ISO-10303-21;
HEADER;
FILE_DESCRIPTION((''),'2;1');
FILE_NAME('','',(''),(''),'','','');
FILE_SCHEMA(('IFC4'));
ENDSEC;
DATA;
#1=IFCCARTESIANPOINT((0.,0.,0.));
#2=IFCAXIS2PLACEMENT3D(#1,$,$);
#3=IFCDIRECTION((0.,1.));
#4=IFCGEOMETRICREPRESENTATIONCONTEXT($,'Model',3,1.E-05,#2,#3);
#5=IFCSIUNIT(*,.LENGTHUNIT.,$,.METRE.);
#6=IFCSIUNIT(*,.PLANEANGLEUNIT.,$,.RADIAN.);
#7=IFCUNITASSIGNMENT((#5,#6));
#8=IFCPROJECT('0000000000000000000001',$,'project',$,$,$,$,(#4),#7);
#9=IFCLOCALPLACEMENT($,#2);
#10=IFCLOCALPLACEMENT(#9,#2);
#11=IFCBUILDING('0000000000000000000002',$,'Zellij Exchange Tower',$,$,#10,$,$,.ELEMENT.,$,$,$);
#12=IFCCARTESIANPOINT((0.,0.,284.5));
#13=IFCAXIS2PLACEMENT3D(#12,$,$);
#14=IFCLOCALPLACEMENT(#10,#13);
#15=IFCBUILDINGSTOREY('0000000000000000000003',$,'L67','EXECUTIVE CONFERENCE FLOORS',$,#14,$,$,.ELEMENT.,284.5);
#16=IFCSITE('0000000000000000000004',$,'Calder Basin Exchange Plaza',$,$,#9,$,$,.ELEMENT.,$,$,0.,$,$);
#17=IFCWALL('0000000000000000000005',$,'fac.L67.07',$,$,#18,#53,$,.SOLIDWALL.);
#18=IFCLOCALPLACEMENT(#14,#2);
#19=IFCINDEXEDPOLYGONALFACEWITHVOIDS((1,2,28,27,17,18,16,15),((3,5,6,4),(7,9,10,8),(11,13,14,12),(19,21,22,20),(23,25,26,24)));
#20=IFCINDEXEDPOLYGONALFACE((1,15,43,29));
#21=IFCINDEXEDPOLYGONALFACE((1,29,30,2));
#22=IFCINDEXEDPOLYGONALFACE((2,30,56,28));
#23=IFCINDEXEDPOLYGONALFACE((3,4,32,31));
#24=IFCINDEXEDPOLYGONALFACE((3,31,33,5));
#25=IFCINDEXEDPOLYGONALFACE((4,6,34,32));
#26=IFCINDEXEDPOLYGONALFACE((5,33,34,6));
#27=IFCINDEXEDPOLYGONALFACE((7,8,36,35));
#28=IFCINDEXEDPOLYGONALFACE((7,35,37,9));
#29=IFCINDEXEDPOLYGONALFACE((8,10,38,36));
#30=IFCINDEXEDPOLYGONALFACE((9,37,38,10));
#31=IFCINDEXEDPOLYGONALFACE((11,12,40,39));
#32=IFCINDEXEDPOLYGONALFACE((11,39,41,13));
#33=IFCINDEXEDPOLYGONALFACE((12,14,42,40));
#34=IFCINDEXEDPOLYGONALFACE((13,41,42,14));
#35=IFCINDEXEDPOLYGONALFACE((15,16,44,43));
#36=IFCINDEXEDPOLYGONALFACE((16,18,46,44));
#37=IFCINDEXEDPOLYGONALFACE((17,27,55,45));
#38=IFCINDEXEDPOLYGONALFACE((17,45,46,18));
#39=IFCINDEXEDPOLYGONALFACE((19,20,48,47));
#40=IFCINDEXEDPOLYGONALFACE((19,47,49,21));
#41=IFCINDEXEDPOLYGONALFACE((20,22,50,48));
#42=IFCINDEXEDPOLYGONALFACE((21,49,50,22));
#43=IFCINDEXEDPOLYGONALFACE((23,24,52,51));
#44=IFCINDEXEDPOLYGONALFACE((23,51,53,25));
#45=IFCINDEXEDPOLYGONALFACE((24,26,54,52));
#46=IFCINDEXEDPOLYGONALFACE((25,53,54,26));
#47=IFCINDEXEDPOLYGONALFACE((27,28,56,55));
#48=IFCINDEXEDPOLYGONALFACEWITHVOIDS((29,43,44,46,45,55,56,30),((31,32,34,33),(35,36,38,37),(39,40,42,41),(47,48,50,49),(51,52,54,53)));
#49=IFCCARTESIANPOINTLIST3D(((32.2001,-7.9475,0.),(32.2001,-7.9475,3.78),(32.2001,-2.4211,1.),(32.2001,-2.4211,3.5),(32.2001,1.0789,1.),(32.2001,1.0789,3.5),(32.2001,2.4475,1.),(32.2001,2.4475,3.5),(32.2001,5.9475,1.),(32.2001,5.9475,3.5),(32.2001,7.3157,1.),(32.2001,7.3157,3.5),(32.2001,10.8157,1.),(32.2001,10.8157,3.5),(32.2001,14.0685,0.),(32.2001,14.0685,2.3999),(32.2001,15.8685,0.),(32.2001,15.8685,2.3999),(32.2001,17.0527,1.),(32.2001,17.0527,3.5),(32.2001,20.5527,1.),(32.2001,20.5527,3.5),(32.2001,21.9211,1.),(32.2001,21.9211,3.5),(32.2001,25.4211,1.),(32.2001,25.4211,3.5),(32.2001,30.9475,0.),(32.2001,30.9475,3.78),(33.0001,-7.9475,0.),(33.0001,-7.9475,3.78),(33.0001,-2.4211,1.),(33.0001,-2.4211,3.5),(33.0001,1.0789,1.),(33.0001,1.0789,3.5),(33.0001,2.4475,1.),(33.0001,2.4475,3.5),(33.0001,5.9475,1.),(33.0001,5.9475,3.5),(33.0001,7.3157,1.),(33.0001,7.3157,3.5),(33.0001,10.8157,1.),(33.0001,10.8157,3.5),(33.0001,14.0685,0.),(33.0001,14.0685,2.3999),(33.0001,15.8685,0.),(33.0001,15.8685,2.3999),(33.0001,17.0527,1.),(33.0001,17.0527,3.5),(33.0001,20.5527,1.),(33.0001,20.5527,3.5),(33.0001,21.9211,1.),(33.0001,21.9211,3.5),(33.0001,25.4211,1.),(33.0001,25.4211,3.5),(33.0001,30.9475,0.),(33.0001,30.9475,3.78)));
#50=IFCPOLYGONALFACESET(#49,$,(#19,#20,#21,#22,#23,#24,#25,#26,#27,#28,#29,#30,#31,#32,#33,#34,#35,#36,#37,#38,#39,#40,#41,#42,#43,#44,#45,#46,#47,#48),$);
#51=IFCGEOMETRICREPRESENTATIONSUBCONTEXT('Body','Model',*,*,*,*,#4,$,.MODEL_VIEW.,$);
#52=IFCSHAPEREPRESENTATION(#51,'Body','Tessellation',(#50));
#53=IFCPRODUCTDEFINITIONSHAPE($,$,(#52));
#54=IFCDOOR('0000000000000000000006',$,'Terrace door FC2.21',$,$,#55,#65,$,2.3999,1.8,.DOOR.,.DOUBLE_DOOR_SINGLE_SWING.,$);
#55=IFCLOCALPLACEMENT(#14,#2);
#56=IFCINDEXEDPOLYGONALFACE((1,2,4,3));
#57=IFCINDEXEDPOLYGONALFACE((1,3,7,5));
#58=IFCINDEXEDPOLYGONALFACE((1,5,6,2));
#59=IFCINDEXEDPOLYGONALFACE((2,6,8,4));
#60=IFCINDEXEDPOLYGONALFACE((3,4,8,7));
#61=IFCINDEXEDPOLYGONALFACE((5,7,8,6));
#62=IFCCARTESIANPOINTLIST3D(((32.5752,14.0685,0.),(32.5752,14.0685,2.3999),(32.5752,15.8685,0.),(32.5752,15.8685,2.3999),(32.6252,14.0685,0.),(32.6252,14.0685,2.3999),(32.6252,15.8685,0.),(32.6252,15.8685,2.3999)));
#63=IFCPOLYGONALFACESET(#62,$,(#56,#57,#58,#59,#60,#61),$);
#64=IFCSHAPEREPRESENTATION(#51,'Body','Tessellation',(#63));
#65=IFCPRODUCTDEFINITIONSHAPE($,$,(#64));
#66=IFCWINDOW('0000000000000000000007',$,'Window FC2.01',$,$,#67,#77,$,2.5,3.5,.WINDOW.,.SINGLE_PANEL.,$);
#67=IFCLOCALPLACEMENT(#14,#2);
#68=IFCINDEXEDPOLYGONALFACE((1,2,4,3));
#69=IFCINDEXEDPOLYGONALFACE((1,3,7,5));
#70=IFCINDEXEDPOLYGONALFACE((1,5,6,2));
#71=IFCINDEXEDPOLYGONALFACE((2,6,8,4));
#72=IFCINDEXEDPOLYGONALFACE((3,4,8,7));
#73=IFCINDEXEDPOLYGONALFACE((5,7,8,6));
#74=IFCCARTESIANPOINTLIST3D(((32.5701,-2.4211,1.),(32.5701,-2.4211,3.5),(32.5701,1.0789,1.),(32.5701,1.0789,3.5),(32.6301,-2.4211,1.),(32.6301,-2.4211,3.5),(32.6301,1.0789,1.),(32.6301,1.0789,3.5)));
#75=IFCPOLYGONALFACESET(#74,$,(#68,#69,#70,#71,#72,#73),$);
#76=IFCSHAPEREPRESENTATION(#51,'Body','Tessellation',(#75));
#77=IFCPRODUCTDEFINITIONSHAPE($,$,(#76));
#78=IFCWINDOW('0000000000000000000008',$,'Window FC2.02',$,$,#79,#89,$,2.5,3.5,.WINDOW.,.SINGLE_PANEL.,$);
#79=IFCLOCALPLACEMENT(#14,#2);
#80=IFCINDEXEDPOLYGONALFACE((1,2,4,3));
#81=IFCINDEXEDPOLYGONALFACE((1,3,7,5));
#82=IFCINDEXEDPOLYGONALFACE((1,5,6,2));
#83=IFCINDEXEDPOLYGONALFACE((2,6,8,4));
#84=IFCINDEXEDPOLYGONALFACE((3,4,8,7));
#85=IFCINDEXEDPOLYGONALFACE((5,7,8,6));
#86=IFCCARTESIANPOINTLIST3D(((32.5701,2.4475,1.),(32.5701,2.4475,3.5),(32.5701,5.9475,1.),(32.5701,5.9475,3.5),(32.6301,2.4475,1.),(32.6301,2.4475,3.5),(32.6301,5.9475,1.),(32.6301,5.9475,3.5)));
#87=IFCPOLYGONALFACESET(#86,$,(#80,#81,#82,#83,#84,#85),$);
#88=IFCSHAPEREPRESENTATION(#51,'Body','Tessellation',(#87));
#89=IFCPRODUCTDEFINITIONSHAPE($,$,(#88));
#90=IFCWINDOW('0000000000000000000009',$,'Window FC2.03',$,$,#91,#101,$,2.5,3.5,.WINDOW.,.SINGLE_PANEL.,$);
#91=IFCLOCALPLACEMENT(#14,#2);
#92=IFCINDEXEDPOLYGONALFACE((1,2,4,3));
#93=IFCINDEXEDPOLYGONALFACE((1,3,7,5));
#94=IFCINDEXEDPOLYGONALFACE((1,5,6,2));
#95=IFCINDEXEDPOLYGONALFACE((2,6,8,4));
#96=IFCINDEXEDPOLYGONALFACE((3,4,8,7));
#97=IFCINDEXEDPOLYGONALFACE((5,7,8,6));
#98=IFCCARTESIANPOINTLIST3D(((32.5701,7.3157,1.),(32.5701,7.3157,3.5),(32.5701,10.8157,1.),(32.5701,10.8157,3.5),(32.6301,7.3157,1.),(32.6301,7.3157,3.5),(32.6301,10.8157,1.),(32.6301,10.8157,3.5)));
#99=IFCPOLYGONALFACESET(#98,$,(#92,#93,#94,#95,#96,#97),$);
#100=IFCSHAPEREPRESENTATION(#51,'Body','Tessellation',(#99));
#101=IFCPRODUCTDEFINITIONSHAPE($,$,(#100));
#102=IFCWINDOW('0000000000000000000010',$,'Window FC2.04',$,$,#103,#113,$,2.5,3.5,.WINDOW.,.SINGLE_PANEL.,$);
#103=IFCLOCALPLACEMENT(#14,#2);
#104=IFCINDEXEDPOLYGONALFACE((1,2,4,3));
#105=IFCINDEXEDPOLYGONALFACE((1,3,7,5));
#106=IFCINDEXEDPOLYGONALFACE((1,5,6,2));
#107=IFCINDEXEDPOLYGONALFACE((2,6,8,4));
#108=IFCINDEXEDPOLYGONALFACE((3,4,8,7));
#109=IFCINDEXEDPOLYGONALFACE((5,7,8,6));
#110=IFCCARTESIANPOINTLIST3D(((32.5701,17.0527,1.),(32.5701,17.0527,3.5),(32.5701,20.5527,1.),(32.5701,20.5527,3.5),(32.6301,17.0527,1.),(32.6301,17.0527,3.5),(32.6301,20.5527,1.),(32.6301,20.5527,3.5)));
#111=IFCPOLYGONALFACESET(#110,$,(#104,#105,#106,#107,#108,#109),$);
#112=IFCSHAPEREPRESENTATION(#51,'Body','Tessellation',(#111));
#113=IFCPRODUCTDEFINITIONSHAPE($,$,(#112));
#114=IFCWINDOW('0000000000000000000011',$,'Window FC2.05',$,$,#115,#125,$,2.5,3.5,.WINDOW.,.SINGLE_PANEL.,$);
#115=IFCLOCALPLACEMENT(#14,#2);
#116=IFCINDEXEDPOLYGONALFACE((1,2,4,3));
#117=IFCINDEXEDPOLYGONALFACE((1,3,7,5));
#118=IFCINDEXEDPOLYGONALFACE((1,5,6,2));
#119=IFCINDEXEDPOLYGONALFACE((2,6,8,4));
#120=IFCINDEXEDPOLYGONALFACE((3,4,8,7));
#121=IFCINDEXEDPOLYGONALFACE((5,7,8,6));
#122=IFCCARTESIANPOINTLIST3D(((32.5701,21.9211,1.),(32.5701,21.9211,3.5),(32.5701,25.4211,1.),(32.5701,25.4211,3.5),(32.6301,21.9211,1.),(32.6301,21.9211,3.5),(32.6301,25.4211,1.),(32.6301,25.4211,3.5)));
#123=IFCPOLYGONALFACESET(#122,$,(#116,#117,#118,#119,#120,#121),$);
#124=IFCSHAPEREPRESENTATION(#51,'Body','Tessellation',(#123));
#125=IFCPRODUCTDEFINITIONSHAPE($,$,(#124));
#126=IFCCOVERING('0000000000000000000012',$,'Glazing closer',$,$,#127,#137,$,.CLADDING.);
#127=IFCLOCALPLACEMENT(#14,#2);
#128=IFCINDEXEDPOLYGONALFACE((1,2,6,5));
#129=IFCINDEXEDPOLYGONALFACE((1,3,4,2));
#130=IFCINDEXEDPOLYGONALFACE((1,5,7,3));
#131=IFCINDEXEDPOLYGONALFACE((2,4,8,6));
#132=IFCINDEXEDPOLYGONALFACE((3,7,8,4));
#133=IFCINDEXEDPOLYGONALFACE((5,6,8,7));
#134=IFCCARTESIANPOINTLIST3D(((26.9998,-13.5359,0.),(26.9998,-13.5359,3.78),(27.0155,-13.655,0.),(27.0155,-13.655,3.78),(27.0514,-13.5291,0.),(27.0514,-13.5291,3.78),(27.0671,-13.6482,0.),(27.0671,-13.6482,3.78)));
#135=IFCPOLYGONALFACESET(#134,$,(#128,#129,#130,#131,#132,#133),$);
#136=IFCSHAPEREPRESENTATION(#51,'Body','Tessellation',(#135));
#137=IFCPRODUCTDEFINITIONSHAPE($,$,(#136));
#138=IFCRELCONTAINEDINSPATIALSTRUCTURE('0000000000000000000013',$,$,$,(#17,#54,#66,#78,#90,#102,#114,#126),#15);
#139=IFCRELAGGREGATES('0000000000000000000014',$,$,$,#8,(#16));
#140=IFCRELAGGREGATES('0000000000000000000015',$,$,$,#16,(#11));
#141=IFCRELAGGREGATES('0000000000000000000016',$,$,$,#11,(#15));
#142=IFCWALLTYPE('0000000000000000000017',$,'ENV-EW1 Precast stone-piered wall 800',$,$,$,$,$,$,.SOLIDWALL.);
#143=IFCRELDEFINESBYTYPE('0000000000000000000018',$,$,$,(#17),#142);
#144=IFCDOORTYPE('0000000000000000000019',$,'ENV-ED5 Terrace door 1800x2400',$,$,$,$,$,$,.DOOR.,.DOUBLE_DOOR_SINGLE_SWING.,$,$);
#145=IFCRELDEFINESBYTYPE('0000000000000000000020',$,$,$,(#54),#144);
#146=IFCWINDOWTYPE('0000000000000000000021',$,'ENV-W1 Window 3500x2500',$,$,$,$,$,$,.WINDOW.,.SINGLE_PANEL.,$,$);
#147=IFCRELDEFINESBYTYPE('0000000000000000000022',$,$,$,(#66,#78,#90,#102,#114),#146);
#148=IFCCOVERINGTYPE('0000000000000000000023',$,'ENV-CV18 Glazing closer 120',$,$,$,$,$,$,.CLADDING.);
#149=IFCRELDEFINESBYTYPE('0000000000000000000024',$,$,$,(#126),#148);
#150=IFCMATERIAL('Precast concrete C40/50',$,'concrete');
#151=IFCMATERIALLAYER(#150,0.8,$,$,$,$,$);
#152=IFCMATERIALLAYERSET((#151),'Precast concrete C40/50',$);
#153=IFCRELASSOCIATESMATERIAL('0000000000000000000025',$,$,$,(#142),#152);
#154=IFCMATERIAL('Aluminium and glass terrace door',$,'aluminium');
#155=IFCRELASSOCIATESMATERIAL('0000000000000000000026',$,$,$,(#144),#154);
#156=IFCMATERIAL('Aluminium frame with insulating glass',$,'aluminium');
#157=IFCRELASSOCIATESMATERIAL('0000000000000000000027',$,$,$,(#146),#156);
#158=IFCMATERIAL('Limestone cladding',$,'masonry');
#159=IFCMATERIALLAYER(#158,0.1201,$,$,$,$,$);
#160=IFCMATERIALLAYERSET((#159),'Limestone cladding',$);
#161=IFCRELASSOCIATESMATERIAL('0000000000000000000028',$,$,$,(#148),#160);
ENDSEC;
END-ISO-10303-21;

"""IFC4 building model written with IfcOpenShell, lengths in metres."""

from ifc_helpers import new_model, si_unit, direction, frame, frame_2d, origin, origin_2d, place, context, subcontext, project, spatial, rectangle, extrude, material, layer, layer_set, type_object, element, fill, save


model = new_model("IFC4")

# Units and contexts
model_context = context("Model", 3, precision=1e-05, world=origin(), true_north=direction((0.0, 1.0)))
body_context = subcontext(model_context, "Body", "Model", "MODEL_VIEW")
ifc_project = project(units=[si_unit("LENGTHUNIT", "METRE"), si_unit("PLANEANGLEUNIT", "RADIAN")], contexts=[model_context])

# Site, building, storey
site_placement = place(None, origin())
site = spatial("IfcSite", under=ifc_project, at=site_placement, Name="Calder Basin Exchange Plaza", CompositionType="ELEMENT", RefElevation=0.0)
building_placement = place(site_placement, origin())
building = spatial("IfcBuilding", under=site, at=building_placement, Name="Zellij Exchange Tower", CompositionType="ELEMENT")
storey_placement = place(building_placement, frame((0.0, 0.0, 284.5)))
storey = spatial("IfcBuildingStorey", under=building, at=storey_placement, Name="L67", Description="EXECUTIVE CONFERENCE FLOORS", CompositionType="ELEMENT", Elevation=284.5)

# Shared definitions
ifc_material_1 = material(Name="Precast concrete C40/50", Category="concrete")
ifc_layer_1 = layer(ifc_material_1, 0.8)
ifc_layer_set_1 = layer_set([ifc_layer_1], Name="Precast concrete C40/50")
wall_type = type_object("IfcWallType", Name="ENV-EW1 Precast stone-piered wall 800", PredefinedType="SOLIDWALL", material=ifc_layer_set_1)

# Wall, openings, door, windows
wall_1_placement = place(storey_placement, frame((32.6001, -7.9475, 0.0), z_axis=(0.0, 0.0, 1.0), x_axis=(0.0, 1.0, 0.0)))
wall_1 = element("IfcWall", 1, at=wall_1_placement, inside=storey, type_object=wall_type, Name="fac.L67.07", PredefinedType="SOLIDWALL", context=body_context, shape_type="SweptSolid", body=[
    extrude(rectangle(XDim=38.895, YDim=0.8, at=frame_2d((19.4475, 0.0))), origin(), (0.0, 0.0, 1.0), 3.78),
])
opening_1_placement = place(wall_1_placement, frame((5.5264, 0.0, 1.0)))
opening_1 = element("IfcOpeningElement", 2, at=opening_1_placement, cuts=wall_1, PredefinedType="OPENING", context=body_context, shape_type="SweptSolid", body=[
    extrude(rectangle(XDim=3.5, YDim=2.5, at=frame_2d((1.75, 1.25))), frame((0.0, 0.4121, 0.0), z_axis=(0.0, -1.0, 0.0), x_axis=(1.0, 0.0, 0.0)), (0.0, 0.0, 1.0), 0.824),
])
opening_2_placement = place(wall_1_placement, frame((10.395, 0.0, 1.0)))
opening_2 = element("IfcOpeningElement", 3, at=opening_2_placement, cuts=wall_1, PredefinedType="OPENING", context=body_context, shape_type="SweptSolid", body=[
    extrude(rectangle(XDim=3.5, YDim=2.5, at=frame_2d((1.75, 1.25))), frame((0.0, 0.4121, 0.0), z_axis=(0.0, -1.0, 0.0), x_axis=(1.0, 0.0, 0.0)), (0.0, 0.0, 1.0), 0.824),
])
opening_3_placement = place(wall_1_placement, frame((15.2632, 0.0, 1.0)))
opening_3 = element("IfcOpeningElement", 4, at=opening_3_placement, cuts=wall_1, PredefinedType="OPENING", context=body_context, shape_type="SweptSolid", body=[
    extrude(rectangle(XDim=3.5, YDim=2.5, at=frame_2d((1.75, 1.25))), frame((0.0, 0.4121, 0.0), z_axis=(0.0, -1.0, 0.0), x_axis=(1.0, 0.0, 0.0)), (0.0, 0.0, 1.0), 0.824),
])
opening_4_placement = place(wall_1_placement, frame((25.0002, 0.0, 1.0)))
opening_4 = element("IfcOpeningElement", 5, at=opening_4_placement, cuts=wall_1, PredefinedType="OPENING", context=body_context, shape_type="SweptSolid", body=[
    extrude(rectangle(XDim=3.5, YDim=2.5, at=frame_2d((1.75, 1.25))), frame((0.0, 0.4121, 0.0), z_axis=(0.0, -1.0, 0.0), x_axis=(1.0, 0.0, 0.0)), (0.0, 0.0, 1.0), 0.824),
])
opening_5_placement = place(wall_1_placement, frame((29.8687, 0.0, 1.0)))
opening_5 = element("IfcOpeningElement", 6, at=opening_5_placement, cuts=wall_1, PredefinedType="OPENING", context=body_context, shape_type="SweptSolid", body=[
    extrude(rectangle(XDim=3.5, YDim=2.5, at=frame_2d((1.75, 1.25))), frame((0.0, 0.4121, 0.0), z_axis=(0.0, -1.0, 0.0), x_axis=(1.0, 0.0, 0.0)), (0.0, 0.0, 1.0), 0.824),
])
opening_6_placement = place(wall_1_placement, frame((22.0161, 0.0, 0.0)))
opening_6 = element("IfcOpeningElement", 7, at=opening_6_placement, cuts=wall_1, PredefinedType="OPENING", context=body_context, shape_type="SweptSolid", body=[
    extrude(rectangle(XDim=1.8, YDim=2.3999, at=frame_2d((0.8999, 1.2))), frame((0.0, 0.4121, 0.0), z_axis=(0.0, -1.0, 0.0), x_axis=(1.0, 0.0, 0.0)), (0.0, 0.0, 1.0), 0.824),
])
ifc_material_2 = material(Name="Aluminium and glass terrace door", Category="aluminium")
door_type = type_object("IfcDoorType", Name="ENV-ED5 Terrace door 1800x2400", OperationType="DOUBLE_DOOR_SINGLE_SWING", PredefinedType="DOOR", material=ifc_material_2)
door_placement = place(opening_6_placement, origin())
door = element("IfcDoor", 8, at=door_placement, inside=storey, type_object=door_type, Name="Terrace door FC2.21", OperationType="DOUBLE_DOOR_SINGLE_SWING", OverallHeight=2.3999, OverallWidth=1.8, PredefinedType="DOOR", context=body_context, shape_type="SweptSolid", body=[
    extrude(rectangle(XDim=1.8, YDim=2.3999, at=frame_2d((0.8999, 1.2))), frame((0.0, 0.0249, 0.0), z_axis=(0.0, -1.0, 0.0), x_axis=(1.0, 0.0, 0.0)), (0.0, 0.0, 1.0), 0.05),
])
fill(opening_6, door)
ifc_material_3 = material(Name="Aluminium frame with insulating glass", Category="aluminium")
window_type = type_object("IfcWindowType", Name="ENV-W1 Window 3500x2500", PartitioningType="SINGLE_PANEL", PredefinedType="WINDOW", material=ifc_material_3)
window_1_placement = place(opening_1_placement, origin())
window_1 = element("IfcWindow", 9, at=window_1_placement, inside=storey, type_object=window_type, Name="Window FC2.01", OverallHeight=2.5, OverallWidth=3.5, PartitioningType="SINGLE_PANEL", PredefinedType="WINDOW", context=body_context, shape_type="SweptSolid", body=[
    extrude(rectangle(XDim=3.5, YDim=2.5, at=frame_2d((1.75, 1.25))), frame((0.0, 0.03, 0.0), z_axis=(0.0, -1.0, 0.0), x_axis=(1.0, 0.0, 0.0)), (0.0, 0.0, 1.0), 0.0601),
])
fill(opening_1, window_1)
window_2_placement = place(opening_2_placement, origin())
window_2 = element("IfcWindow", 10, at=window_2_placement, inside=storey, type_object=window_type, Name="Window FC2.02", OverallHeight=2.5, OverallWidth=3.5, PartitioningType="SINGLE_PANEL", PredefinedType="WINDOW", context=body_context, shape_type="SweptSolid", body=[
    extrude(rectangle(XDim=3.5, YDim=2.5, at=frame_2d((1.75, 1.25))), frame((0.0, 0.03, 0.0), z_axis=(0.0, -1.0, 0.0), x_axis=(1.0, 0.0, 0.0)), (0.0, 0.0, 1.0), 0.0601),
])
fill(opening_2, window_2)
window_3_placement = place(opening_3_placement, origin())
window_3 = element("IfcWindow", 11, at=window_3_placement, inside=storey, type_object=window_type, Name="Window FC2.03", OverallHeight=2.5, OverallWidth=3.5, PartitioningType="SINGLE_PANEL", PredefinedType="WINDOW", context=body_context, shape_type="SweptSolid", body=[
    extrude(rectangle(XDim=3.5, YDim=2.5, at=frame_2d((1.75, 1.25))), frame((0.0, 0.03, 0.0), z_axis=(0.0, -1.0, 0.0), x_axis=(1.0, 0.0, 0.0)), (0.0, 0.0, 1.0), 0.0601),
])
fill(opening_3, window_3)
window_4_placement = place(opening_4_placement, origin())
window_4 = element("IfcWindow", 12, at=window_4_placement, inside=storey, type_object=window_type, Name="Window FC2.04", OverallHeight=2.5, OverallWidth=3.5, PartitioningType="SINGLE_PANEL", PredefinedType="WINDOW", context=body_context, shape_type="SweptSolid", body=[
    extrude(rectangle(XDim=3.5, YDim=2.5, at=frame_2d((1.75, 1.25))), frame((0.0, 0.03, 0.0), z_axis=(0.0, -1.0, 0.0), x_axis=(1.0, 0.0, 0.0)), (0.0, 0.0, 1.0), 0.0601),
])
fill(opening_4, window_4)
window_5_placement = place(opening_5_placement, origin())
window_5 = element("IfcWindow", 13, at=window_5_placement, inside=storey, type_object=window_type, Name="Window FC2.05", OverallHeight=2.5, OverallWidth=3.5, PartitioningType="SINGLE_PANEL", PredefinedType="WINDOW", context=body_context, shape_type="SweptSolid", body=[
    extrude(rectangle(XDim=3.5, YDim=2.5, at=frame_2d((1.75, 1.25))), frame((0.0, 0.03, 0.0), z_axis=(0.0, -1.0, 0.0), x_axis=(1.0, 0.0, 0.0)), (0.0, 0.0, 1.0), 0.0601),
])
fill(opening_5, window_5)

# Covering
ifc_material_4 = material(Name="Limestone cladding", Category="masonry")
ifc_layer_2 = layer(ifc_material_4, 0.1201)
ifc_layer_set_2 = layer_set([ifc_layer_2], Name="Limestone cladding")
covering_type = type_object("IfcCoveringType", Name="ENV-CV18 Glazing closer 120", PredefinedType="CLADDING", material=ifc_layer_set_2)
covering_placement = place(storey_placement, frame((27.0334, -13.592, 0.0), z_axis=(0.0, 0.0, 1.0), x_axis=(-0.991449, -0.130499, 0.0)))
element("IfcCovering", 14, at=covering_placement, inside=storey, type_object=covering_type, Name="Glazing closer", PredefinedType="CLADDING", context=body_context, shape_type="SweptSolid", body=[
    extrude(rectangle(XDim=0.052, YDim=0.1201, at=origin_2d()), origin(), (0.0, 0.0, 1.0), 3.78),
])

save(model, "model.ifc")
